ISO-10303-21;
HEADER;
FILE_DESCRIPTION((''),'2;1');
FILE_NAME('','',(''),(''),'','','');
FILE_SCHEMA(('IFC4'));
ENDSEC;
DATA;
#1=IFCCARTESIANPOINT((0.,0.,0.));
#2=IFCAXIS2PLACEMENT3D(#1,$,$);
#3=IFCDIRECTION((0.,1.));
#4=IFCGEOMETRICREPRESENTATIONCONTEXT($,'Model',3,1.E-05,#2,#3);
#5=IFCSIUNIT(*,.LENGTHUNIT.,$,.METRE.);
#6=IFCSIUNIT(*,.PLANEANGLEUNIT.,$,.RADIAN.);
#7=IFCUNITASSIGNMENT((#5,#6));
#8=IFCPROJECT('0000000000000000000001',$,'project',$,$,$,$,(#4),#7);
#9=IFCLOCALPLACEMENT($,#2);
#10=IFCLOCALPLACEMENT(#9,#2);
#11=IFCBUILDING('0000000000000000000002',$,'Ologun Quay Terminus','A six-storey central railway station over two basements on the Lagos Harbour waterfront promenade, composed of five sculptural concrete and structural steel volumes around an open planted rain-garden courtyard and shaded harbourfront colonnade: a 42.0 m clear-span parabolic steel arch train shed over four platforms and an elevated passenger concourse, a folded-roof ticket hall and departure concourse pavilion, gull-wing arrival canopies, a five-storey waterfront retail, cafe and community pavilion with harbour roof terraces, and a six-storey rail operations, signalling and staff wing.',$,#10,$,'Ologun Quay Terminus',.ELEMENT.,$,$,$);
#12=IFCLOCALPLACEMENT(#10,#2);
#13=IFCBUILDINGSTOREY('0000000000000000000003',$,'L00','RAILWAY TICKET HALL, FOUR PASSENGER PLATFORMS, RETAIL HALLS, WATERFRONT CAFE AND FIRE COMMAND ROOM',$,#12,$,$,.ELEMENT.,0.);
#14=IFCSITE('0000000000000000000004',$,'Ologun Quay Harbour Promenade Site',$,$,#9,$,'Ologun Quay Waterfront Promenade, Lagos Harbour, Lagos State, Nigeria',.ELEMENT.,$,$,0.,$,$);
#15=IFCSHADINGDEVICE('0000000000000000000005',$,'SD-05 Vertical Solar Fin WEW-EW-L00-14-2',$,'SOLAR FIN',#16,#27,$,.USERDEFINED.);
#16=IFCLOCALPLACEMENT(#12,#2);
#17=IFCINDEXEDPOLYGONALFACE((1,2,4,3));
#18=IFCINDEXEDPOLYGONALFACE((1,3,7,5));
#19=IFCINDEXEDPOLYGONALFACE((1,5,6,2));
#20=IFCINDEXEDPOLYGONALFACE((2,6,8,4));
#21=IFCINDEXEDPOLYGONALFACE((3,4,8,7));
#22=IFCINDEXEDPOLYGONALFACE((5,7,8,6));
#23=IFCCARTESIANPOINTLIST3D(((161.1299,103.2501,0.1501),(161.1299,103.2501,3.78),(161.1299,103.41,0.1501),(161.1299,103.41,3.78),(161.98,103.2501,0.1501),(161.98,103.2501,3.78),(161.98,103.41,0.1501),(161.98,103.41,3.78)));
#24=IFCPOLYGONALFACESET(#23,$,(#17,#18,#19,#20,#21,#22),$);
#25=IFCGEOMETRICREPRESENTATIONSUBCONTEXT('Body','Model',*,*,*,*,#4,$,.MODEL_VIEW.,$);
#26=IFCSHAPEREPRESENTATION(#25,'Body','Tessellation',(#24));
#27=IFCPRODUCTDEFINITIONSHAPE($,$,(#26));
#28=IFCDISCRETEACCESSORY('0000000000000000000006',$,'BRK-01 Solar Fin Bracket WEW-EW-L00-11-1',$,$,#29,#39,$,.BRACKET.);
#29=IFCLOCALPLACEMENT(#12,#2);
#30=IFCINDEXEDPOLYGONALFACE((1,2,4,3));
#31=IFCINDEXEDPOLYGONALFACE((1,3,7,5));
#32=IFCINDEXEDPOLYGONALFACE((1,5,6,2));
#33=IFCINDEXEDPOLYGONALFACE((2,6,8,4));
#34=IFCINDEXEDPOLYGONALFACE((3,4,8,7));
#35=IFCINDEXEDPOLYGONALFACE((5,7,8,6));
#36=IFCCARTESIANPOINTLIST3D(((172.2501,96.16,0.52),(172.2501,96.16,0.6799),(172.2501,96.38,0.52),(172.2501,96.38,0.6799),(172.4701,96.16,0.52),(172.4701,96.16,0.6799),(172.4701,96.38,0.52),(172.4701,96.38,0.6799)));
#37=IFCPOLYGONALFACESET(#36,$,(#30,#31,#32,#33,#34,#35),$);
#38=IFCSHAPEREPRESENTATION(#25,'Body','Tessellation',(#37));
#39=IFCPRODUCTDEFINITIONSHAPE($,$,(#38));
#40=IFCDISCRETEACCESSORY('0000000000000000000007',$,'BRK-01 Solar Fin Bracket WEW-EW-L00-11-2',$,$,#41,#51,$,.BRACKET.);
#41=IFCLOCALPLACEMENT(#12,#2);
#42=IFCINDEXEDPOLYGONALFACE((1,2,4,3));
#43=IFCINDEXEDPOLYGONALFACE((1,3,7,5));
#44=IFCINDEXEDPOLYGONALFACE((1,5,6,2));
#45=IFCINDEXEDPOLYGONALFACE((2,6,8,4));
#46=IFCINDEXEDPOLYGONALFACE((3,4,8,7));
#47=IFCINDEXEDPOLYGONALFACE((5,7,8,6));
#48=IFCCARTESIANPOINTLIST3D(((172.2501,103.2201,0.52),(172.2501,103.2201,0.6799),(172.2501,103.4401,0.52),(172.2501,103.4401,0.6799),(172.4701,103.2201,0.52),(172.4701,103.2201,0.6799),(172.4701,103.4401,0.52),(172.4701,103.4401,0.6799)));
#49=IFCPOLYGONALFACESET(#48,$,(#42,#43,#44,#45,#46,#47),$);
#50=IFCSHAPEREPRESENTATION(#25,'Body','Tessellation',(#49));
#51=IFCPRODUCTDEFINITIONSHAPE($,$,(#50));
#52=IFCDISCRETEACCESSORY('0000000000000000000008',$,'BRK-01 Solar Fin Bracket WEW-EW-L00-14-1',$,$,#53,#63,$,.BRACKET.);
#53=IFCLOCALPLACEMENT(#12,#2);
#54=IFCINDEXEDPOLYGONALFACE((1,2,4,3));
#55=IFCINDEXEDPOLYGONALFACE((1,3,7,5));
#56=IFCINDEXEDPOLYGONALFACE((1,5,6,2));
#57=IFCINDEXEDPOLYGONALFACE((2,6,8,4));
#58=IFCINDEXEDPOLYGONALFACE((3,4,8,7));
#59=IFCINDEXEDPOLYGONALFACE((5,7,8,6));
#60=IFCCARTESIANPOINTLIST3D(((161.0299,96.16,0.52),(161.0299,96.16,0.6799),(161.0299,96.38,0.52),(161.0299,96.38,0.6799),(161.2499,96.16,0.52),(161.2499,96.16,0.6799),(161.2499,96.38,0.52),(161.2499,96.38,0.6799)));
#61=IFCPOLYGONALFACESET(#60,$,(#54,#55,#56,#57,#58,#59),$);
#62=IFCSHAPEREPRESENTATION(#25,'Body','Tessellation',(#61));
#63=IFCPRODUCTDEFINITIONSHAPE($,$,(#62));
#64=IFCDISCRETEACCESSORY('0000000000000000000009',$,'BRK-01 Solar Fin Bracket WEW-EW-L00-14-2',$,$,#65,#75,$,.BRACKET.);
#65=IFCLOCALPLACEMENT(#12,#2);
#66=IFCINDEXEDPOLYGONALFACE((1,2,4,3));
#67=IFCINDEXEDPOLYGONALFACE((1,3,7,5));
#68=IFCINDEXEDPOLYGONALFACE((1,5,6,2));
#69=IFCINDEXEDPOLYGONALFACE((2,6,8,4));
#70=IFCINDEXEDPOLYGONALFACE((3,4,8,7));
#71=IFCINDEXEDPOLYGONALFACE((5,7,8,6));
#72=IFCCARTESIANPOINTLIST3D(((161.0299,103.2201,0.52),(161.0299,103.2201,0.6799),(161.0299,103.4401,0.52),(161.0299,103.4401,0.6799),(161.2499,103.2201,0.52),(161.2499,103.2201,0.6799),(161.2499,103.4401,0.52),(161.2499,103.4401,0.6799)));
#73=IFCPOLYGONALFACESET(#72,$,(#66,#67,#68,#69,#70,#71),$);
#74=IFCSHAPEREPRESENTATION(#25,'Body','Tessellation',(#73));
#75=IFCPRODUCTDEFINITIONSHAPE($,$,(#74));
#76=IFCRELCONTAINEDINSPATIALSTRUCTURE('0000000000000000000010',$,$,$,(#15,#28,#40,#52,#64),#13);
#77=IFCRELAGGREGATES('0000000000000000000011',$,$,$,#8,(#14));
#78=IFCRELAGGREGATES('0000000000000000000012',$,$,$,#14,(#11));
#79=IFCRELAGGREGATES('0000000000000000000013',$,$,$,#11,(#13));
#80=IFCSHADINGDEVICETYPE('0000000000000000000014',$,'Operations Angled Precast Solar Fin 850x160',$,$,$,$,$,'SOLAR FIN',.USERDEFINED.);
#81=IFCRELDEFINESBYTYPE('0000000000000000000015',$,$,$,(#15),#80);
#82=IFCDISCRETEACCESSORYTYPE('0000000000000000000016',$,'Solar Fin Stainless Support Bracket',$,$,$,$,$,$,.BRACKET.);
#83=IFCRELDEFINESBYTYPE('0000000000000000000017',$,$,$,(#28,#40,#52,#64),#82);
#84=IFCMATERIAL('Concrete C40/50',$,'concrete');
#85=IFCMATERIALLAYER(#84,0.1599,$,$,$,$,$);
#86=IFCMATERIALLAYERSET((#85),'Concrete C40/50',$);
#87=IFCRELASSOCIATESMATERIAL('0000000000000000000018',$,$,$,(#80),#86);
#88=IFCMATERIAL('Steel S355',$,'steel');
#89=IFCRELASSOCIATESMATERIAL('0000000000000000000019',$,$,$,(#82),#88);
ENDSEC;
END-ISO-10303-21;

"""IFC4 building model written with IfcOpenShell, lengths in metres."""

from ifc_helpers import new_model, si_unit, direction, frame, origin, origin_2d, place, context, subcontext, project, spatial, rectangle, extrude, material, layer, layer_set, type_object, element, save


model = new_model("IFC4")

# Units and contexts
model_context = context("Model", 3, precision=1e-05, world=origin(), true_north=direction((0.0, 1.0)))
body_context = subcontext(model_context, "Body", "Model", "MODEL_VIEW")
ifc_project = project(units=[si_unit("LENGTHUNIT", "METRE"), si_unit("PLANEANGLEUNIT", "RADIAN")], contexts=[model_context])

# Site, building, storey
site_placement = place(None, origin())
site = spatial("IfcSite", under=ifc_project, at=site_placement, Name="Ologun Quay Harbour Promenade Site", LongName="Ologun Quay Waterfront Promenade, Lagos Harbour, Lagos State, Nigeria", CompositionType="ELEMENT", RefElevation=0.0)
building_placement = place(site_placement, origin())
building = spatial("IfcBuilding", under=site, at=building_placement, Name="Ologun Quay Terminus", Description="A six-storey central railway station over two basements on the Lagos Harbour waterfront promenade, composed of five sculptural concrete and structural steel volumes around an open planted rain-garden courtyard and shaded harbourfront colonnade: a 42.0 m clear-span parabolic steel arch train shed over four platforms and an elevated passenger concourse, a folded-roof ticket hall and departure concourse pavilion, gull-wing arrival canopies, a five-storey waterfront retail, cafe and community pavilion with harbour roof terraces, and a six-storey rail operations, signalling and staff wing.", LongName="Ologun Quay Terminus", CompositionType="ELEMENT")
storey_placement = place(building_placement, origin())
storey = spatial("IfcBuildingStorey", under=building, at=storey_placement, Name="L00", Description="RAILWAY TICKET HALL, FOUR PASSENGER PLATFORMS, RETAIL HALLS, WATERFRONT CAFE AND FIRE COMMAND ROOM", CompositionType="ELEMENT", Elevation=0.0)

# Shading device
ifc_material_1 = material(Name="Concrete C40/50", Category="concrete")
ifc_layer_1 = layer(ifc_material_1, 0.1599)
ifc_layer_set_1 = layer_set([ifc_layer_1], Name="Concrete C40/50")
shading_device_type = type_object("IfcShadingDeviceType", Name="Operations Angled Precast Solar Fin 850x160", ElementType="SOLAR FIN", PredefinedType="USERDEFINED", material=ifc_layer_set_1)
for number, where, z_axis, x_axis, name in (
    (1, (161.5549, 103.3301, 0.1501), (0.0, 0.0, 1.0), (1.0, 0.0, 0.0), "SD-05 Vertical Solar Fin WEW-EW-L00-14-2"),
):
    element("IfcShadingDevice", number, at=place(storey_placement, frame(where, z_axis=z_axis, x_axis=x_axis)), inside=storey, type_object=shading_device_type, Name=name, ObjectType="SOLAR FIN", PredefinedType="USERDEFINED", context=body_context, shape_type="SweptSolid", body=[
        extrude(rectangle(XDim=0.8501, YDim=0.1599, at=origin_2d()), origin(), (0.0, 0.0, 1.0), 3.6299),
    ])

# Discrete accessories
ifc_material_2 = material(Name="Steel S355", Category="steel")
discrete_accessory_type = type_object("IfcDiscreteAccessoryType", Name="Solar Fin Stainless Support Bracket", PredefinedType="BRACKET", material=ifc_material_2)
for number, where, z_axis, x_axis, name in (
    (2, (172.3601, 96.27, 0.52), (0.0, 0.0, 1.0), (1.0, 0.0, 0.0), "BRK-01 Solar Fin Bracket WEW-EW-L00-11-1"),
    (3, (172.3601, 103.3301, 0.52), (0.0, 0.0, 1.0), (1.0, 0.0, 0.0), "BRK-01 Solar Fin Bracket WEW-EW-L00-11-2"),
    (4, (161.1399, 96.27, 0.52), (0.0, 0.0, 1.0), (1.0, 0.0, 0.0), "BRK-01 Solar Fin Bracket WEW-EW-L00-14-1"),
    (5, (161.1399, 103.3301, 0.52), (0.0, 0.0, 1.0), (1.0, 0.0, 0.0), "BRK-01 Solar Fin Bracket WEW-EW-L00-14-2"),
):
    element("IfcDiscreteAccessory", number, at=place(storey_placement, frame(where, z_axis=z_axis, x_axis=x_axis)), inside=storey, type_object=discrete_accessory_type, Name=name, PredefinedType="BRACKET", context=body_context, shape_type="SweptSolid", body=[
        extrude(rectangle(XDim=0.22, YDim=0.22, at=origin_2d()), origin(), (0.0, 0.0, 1.0), 0.1599),
    ])

save(model, "model.ifc")
